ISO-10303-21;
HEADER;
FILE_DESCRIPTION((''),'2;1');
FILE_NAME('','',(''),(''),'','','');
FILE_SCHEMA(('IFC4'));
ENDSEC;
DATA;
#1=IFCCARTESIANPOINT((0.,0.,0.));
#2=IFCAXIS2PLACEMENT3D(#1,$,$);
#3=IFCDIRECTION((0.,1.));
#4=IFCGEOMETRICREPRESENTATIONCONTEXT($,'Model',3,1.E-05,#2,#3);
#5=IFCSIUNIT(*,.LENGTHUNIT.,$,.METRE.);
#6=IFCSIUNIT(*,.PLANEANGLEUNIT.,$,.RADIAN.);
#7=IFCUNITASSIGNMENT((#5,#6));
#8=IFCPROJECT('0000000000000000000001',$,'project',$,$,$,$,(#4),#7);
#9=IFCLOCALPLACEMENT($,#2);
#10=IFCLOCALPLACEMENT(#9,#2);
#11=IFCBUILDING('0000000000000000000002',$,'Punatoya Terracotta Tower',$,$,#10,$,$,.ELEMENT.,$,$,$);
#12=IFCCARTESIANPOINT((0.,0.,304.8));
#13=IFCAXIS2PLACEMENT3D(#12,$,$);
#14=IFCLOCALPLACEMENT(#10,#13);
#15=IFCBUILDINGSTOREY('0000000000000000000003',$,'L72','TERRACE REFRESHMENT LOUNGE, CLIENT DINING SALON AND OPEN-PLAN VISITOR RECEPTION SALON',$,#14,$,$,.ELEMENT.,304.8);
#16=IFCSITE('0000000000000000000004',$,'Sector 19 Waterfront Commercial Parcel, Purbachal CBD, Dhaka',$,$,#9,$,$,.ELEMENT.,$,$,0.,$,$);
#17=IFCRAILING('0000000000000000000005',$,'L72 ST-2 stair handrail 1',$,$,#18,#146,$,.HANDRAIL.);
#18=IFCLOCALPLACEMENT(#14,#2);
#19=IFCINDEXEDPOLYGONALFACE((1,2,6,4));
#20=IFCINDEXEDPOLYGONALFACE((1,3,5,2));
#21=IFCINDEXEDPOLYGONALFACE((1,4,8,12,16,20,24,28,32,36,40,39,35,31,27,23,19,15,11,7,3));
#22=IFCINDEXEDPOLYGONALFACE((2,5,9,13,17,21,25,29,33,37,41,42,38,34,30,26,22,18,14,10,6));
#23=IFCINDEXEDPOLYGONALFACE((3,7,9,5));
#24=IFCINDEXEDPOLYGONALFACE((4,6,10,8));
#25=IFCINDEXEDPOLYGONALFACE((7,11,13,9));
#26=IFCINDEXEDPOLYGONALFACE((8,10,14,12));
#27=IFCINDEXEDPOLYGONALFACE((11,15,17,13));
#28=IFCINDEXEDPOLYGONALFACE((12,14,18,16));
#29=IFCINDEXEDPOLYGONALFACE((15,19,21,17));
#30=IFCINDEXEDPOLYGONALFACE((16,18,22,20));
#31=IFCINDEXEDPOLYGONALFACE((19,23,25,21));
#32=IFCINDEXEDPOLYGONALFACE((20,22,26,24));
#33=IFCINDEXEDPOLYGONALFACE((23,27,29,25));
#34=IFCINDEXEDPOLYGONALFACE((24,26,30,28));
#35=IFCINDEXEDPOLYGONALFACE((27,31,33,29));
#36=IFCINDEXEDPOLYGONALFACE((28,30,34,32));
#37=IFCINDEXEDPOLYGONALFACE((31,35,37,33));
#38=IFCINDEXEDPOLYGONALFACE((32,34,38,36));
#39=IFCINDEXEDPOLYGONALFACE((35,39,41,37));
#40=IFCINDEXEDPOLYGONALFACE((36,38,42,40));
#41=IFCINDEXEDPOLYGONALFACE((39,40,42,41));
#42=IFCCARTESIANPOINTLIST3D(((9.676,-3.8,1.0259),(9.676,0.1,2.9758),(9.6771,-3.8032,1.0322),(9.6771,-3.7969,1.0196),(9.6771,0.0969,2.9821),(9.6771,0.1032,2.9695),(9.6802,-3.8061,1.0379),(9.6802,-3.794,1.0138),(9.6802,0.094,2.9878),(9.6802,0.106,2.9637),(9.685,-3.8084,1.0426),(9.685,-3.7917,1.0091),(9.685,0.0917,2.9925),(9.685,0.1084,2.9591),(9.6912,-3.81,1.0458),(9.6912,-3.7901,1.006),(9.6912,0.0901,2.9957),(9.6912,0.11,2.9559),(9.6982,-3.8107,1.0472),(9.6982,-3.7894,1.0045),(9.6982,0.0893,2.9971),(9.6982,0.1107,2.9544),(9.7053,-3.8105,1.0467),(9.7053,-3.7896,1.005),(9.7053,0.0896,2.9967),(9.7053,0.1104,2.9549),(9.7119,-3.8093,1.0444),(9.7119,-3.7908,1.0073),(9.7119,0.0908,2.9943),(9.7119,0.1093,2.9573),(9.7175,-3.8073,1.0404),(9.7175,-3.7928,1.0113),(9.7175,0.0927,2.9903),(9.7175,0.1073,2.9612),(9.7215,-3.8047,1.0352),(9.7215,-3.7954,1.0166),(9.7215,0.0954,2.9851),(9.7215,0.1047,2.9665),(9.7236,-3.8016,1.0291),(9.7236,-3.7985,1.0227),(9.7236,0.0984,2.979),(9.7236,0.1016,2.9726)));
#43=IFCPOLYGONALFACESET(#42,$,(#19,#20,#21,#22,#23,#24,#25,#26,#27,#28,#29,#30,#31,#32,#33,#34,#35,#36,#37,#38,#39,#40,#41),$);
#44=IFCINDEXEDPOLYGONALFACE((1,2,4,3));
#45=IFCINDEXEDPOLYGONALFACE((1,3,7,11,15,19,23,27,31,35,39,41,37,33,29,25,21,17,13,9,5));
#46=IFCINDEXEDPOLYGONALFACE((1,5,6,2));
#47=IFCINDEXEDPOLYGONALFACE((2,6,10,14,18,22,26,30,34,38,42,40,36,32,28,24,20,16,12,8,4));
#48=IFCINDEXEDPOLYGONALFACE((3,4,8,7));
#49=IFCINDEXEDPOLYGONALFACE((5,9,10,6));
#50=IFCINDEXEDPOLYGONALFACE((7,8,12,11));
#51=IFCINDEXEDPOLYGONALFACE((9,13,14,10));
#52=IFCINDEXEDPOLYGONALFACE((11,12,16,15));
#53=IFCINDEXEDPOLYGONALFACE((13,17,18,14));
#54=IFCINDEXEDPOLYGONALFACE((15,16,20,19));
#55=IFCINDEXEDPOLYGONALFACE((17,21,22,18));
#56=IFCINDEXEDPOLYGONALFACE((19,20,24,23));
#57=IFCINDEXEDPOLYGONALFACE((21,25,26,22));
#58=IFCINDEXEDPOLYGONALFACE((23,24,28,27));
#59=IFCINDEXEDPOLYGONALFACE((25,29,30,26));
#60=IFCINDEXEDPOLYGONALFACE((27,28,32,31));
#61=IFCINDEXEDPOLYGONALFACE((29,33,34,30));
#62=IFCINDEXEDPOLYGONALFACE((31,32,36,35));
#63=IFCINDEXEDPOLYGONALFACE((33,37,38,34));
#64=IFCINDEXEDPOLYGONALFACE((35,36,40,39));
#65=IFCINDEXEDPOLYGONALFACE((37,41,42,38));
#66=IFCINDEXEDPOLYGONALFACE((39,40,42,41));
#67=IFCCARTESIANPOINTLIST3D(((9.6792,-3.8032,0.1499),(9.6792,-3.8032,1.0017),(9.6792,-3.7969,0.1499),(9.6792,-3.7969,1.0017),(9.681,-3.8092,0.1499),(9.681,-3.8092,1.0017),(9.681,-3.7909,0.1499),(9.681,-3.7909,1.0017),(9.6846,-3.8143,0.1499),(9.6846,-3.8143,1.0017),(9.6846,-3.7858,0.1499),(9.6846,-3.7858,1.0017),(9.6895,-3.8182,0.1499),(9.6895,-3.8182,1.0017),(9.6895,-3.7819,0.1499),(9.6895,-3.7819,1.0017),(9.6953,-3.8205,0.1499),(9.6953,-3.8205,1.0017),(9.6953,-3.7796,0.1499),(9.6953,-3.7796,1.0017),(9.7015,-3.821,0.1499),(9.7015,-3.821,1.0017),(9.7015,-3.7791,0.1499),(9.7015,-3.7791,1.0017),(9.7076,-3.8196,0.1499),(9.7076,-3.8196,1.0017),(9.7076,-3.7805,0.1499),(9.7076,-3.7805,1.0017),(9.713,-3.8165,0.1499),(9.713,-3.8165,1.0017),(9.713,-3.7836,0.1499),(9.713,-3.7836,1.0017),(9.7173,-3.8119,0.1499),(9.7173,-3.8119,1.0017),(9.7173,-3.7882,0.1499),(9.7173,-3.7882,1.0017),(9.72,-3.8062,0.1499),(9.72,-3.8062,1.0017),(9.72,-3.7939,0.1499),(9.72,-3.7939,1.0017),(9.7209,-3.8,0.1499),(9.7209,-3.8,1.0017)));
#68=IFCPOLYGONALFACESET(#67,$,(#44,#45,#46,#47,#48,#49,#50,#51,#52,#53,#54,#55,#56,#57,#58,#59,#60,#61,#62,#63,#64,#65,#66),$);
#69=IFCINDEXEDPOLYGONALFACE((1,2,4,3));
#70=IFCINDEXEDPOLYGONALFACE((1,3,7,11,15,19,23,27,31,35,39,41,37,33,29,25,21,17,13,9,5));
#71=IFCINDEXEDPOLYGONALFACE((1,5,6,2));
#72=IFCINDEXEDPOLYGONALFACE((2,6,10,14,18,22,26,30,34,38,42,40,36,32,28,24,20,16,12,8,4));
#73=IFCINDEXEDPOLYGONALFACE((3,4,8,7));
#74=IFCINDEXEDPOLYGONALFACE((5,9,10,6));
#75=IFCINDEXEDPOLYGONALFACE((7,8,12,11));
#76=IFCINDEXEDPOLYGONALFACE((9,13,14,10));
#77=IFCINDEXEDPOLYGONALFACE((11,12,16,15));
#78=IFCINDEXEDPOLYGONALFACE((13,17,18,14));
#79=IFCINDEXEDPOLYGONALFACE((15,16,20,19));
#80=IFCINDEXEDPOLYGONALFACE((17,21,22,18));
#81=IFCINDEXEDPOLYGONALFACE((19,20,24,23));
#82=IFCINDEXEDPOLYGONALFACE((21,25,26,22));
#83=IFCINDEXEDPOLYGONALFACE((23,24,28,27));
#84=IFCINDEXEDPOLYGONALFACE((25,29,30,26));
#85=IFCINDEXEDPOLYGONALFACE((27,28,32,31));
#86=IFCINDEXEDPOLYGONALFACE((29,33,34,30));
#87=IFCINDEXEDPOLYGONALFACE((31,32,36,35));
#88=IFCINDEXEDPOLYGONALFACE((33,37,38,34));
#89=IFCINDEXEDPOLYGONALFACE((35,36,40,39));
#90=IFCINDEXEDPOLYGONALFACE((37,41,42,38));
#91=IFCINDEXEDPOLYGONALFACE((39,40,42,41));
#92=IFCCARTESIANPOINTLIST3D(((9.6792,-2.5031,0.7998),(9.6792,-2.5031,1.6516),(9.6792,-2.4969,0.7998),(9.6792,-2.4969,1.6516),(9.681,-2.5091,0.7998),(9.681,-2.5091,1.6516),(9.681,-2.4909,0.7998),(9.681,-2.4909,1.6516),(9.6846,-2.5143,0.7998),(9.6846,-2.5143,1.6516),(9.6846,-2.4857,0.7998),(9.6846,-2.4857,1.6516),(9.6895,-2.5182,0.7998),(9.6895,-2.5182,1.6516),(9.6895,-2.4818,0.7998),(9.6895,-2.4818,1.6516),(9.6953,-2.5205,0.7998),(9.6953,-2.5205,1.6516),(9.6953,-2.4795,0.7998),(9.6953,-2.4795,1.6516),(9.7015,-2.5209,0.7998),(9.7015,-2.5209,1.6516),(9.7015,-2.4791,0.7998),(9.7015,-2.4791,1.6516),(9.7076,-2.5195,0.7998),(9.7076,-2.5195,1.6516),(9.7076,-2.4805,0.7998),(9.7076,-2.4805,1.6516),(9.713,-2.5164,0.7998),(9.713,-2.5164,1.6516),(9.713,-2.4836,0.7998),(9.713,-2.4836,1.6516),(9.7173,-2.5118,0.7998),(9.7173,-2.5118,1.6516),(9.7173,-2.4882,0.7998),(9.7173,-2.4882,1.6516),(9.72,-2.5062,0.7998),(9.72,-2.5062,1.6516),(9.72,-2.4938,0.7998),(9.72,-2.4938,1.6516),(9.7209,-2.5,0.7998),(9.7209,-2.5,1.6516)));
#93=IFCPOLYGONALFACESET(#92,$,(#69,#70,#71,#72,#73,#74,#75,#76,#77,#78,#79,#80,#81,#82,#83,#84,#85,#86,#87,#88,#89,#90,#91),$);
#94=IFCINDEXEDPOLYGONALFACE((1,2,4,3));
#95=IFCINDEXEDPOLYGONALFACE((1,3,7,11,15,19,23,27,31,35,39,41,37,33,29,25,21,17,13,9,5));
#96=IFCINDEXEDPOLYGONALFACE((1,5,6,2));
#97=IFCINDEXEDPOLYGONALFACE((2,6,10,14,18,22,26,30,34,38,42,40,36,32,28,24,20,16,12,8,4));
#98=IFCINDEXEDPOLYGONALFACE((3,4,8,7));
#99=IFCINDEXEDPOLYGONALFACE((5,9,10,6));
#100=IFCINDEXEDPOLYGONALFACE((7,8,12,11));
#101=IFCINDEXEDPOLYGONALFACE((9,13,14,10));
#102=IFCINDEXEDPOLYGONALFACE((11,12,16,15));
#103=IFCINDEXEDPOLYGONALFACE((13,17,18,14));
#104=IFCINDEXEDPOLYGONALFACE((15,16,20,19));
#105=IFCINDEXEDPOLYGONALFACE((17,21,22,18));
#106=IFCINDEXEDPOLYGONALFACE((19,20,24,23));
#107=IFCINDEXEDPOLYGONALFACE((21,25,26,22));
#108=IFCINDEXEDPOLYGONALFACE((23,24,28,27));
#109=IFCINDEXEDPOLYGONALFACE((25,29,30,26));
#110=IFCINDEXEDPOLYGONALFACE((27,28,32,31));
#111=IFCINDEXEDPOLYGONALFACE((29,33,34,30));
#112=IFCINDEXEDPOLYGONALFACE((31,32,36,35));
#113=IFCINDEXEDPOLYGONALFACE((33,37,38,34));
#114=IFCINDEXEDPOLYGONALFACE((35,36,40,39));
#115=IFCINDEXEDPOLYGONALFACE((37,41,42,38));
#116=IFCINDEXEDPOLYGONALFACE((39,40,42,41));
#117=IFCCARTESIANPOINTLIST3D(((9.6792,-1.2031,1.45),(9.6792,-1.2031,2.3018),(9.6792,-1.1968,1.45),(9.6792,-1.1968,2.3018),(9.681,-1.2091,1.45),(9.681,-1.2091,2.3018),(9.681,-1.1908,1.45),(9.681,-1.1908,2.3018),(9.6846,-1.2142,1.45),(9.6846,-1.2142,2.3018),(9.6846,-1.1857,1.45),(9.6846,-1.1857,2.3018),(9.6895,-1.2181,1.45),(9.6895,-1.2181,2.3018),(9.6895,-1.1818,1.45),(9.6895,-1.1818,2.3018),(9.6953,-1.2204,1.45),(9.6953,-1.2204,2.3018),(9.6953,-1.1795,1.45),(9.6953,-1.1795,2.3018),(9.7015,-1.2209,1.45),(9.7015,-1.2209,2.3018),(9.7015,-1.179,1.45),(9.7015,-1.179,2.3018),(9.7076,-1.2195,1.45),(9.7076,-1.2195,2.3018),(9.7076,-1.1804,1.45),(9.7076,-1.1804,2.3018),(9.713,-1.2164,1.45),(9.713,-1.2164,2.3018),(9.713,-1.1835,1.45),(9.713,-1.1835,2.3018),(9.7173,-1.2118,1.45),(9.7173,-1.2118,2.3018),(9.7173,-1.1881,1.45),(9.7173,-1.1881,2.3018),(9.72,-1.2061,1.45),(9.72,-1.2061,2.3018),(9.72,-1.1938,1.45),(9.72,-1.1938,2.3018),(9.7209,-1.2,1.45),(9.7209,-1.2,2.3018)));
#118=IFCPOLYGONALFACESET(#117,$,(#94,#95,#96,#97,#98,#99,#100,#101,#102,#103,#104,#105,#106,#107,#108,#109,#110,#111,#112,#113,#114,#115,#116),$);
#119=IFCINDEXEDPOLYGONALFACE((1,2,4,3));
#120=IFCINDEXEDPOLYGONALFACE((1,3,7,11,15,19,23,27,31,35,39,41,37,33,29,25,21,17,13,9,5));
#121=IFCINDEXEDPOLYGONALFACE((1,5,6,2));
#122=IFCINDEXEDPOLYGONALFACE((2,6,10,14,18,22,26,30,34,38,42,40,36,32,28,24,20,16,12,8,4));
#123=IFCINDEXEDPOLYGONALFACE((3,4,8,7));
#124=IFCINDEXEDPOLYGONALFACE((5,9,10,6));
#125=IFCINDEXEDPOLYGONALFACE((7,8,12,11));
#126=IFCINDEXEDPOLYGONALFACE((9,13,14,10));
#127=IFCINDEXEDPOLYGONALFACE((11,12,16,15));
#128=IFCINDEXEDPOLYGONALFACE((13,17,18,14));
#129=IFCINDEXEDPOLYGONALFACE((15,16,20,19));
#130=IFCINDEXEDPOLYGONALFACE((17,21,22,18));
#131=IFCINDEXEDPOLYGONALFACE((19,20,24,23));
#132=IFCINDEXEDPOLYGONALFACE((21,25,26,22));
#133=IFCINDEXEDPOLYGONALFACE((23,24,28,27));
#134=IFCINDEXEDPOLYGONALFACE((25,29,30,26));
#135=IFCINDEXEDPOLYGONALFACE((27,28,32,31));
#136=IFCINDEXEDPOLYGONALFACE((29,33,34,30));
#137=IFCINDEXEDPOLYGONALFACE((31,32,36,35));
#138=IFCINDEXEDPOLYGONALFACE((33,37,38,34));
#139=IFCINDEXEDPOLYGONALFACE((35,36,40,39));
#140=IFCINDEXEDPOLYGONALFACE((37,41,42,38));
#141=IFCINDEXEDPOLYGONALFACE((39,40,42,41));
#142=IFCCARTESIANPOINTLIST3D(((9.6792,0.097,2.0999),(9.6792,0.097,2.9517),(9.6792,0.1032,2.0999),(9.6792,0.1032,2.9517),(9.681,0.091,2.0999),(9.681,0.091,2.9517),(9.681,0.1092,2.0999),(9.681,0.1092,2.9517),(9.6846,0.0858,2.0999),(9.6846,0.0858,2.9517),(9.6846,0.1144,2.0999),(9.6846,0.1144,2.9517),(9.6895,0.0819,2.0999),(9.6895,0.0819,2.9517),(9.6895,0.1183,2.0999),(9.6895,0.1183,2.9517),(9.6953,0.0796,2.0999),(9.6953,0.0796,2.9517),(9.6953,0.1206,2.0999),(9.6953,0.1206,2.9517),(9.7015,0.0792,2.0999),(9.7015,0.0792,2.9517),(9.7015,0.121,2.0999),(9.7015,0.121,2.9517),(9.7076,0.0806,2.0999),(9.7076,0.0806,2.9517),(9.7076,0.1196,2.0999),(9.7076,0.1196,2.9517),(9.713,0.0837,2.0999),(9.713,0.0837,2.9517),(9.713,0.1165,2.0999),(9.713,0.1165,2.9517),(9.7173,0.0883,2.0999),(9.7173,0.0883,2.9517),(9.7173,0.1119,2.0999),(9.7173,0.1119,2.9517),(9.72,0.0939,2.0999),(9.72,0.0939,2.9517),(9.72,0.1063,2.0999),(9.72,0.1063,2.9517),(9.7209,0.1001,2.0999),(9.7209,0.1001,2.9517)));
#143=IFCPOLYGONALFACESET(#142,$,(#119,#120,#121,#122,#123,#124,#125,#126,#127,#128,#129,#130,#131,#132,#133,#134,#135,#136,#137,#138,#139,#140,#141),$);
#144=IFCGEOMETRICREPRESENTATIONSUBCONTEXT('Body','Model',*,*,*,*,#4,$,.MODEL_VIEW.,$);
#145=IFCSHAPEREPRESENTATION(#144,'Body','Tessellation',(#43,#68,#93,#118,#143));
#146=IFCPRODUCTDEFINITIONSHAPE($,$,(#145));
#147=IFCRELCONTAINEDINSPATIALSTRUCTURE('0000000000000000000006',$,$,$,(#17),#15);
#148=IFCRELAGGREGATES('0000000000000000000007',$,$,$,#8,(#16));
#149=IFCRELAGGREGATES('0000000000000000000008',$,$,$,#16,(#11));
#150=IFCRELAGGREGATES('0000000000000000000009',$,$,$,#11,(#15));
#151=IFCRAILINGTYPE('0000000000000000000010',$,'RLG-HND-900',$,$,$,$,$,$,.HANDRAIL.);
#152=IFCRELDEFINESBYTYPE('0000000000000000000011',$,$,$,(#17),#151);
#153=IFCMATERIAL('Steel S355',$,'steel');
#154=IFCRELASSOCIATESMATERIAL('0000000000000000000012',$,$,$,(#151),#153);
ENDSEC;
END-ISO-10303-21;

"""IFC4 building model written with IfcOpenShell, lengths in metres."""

from ifc_helpers import new_model, si_unit, direction, frame, origin, origin_2d, place, context, subcontext, project, spatial, circle, extrude, material, type_object, element, save


model = new_model("IFC4")

# Units and contexts
model_context = context("Model", 3, precision=1e-05, world=origin(), true_north=direction((0.0, 1.0)))
body_context = subcontext(model_context, "Body", "Model", "MODEL_VIEW")
ifc_project = project(units=[si_unit("LENGTHUNIT", "METRE"), si_unit("PLANEANGLEUNIT", "RADIAN")], contexts=[model_context])

# Site, building, storey
site_placement = place(None, origin())
site = spatial("IfcSite", under=ifc_project, at=site_placement, Name="Sector 19 Waterfront Commercial Parcel, Purbachal CBD, Dhaka", CompositionType="ELEMENT", RefElevation=0.0)
building_placement = place(site_placement, origin())
building = spatial("IfcBuilding", under=site, at=building_placement, Name="Punatoya Terracotta Tower", CompositionType="ELEMENT")
storey_placement = place(building_placement, frame((0.0, 0.0, 304.8)))
storey = spatial("IfcBuildingStorey", under=building, at=storey_placement, Name="L72", Description="TERRACE REFRESHMENT LOUNGE, CLIENT DINING SALON AND OPEN-PLAN VISITOR RECEPTION SALON", CompositionType="ELEMENT", Elevation=304.8)

# Railing
ifc_material_1 = material(Name="Steel S355", Category="steel")
railing_type_1 = type_object("IfcRailingType", Name="RLG-HND-900", PredefinedType="HANDRAIL", material=ifc_material_1)
railing_1_placement = place(storey_placement, frame((9.7, -3.8, 0.1499)))
element("IfcRailing", 1, at=railing_1_placement, inside=storey, type_object=railing_type_1, Name="L72 ST-2 stair handrail 1", PredefinedType="HANDRAIL", context=body_context, shape_type="SweptSolid", body=[
    extrude(circle(Radius=0.0239, at=origin_2d()), frame((0.0, 0.0, 0.876), z_axis=(0.0, 0.894438, 0.447191), x_axis=(-1.0, 0.0, 0.0)), (0.0, 0.0, 1.0), 4.3604),
    extrude(circle(Radius=0.021, at=origin_2d()), origin(), (0.0, 0.0, 1.0), 0.8518),
    extrude(circle(Radius=0.021, at=origin_2d()), frame((0.0, 1.3, 0.6499)), (0.0, 0.0, 1.0), 0.8518),
    extrude(circle(Radius=0.021, at=origin_2d()), frame((0.0, 2.6001, 1.3)), (0.0, 0.0, 1.0), 0.8518),
    extrude(circle(Radius=0.021, at=origin_2d()), frame((0.0, 3.9001, 1.95)), (0.0, 0.0, 1.0), 0.8518),
])

save(model, "model.ifc")
